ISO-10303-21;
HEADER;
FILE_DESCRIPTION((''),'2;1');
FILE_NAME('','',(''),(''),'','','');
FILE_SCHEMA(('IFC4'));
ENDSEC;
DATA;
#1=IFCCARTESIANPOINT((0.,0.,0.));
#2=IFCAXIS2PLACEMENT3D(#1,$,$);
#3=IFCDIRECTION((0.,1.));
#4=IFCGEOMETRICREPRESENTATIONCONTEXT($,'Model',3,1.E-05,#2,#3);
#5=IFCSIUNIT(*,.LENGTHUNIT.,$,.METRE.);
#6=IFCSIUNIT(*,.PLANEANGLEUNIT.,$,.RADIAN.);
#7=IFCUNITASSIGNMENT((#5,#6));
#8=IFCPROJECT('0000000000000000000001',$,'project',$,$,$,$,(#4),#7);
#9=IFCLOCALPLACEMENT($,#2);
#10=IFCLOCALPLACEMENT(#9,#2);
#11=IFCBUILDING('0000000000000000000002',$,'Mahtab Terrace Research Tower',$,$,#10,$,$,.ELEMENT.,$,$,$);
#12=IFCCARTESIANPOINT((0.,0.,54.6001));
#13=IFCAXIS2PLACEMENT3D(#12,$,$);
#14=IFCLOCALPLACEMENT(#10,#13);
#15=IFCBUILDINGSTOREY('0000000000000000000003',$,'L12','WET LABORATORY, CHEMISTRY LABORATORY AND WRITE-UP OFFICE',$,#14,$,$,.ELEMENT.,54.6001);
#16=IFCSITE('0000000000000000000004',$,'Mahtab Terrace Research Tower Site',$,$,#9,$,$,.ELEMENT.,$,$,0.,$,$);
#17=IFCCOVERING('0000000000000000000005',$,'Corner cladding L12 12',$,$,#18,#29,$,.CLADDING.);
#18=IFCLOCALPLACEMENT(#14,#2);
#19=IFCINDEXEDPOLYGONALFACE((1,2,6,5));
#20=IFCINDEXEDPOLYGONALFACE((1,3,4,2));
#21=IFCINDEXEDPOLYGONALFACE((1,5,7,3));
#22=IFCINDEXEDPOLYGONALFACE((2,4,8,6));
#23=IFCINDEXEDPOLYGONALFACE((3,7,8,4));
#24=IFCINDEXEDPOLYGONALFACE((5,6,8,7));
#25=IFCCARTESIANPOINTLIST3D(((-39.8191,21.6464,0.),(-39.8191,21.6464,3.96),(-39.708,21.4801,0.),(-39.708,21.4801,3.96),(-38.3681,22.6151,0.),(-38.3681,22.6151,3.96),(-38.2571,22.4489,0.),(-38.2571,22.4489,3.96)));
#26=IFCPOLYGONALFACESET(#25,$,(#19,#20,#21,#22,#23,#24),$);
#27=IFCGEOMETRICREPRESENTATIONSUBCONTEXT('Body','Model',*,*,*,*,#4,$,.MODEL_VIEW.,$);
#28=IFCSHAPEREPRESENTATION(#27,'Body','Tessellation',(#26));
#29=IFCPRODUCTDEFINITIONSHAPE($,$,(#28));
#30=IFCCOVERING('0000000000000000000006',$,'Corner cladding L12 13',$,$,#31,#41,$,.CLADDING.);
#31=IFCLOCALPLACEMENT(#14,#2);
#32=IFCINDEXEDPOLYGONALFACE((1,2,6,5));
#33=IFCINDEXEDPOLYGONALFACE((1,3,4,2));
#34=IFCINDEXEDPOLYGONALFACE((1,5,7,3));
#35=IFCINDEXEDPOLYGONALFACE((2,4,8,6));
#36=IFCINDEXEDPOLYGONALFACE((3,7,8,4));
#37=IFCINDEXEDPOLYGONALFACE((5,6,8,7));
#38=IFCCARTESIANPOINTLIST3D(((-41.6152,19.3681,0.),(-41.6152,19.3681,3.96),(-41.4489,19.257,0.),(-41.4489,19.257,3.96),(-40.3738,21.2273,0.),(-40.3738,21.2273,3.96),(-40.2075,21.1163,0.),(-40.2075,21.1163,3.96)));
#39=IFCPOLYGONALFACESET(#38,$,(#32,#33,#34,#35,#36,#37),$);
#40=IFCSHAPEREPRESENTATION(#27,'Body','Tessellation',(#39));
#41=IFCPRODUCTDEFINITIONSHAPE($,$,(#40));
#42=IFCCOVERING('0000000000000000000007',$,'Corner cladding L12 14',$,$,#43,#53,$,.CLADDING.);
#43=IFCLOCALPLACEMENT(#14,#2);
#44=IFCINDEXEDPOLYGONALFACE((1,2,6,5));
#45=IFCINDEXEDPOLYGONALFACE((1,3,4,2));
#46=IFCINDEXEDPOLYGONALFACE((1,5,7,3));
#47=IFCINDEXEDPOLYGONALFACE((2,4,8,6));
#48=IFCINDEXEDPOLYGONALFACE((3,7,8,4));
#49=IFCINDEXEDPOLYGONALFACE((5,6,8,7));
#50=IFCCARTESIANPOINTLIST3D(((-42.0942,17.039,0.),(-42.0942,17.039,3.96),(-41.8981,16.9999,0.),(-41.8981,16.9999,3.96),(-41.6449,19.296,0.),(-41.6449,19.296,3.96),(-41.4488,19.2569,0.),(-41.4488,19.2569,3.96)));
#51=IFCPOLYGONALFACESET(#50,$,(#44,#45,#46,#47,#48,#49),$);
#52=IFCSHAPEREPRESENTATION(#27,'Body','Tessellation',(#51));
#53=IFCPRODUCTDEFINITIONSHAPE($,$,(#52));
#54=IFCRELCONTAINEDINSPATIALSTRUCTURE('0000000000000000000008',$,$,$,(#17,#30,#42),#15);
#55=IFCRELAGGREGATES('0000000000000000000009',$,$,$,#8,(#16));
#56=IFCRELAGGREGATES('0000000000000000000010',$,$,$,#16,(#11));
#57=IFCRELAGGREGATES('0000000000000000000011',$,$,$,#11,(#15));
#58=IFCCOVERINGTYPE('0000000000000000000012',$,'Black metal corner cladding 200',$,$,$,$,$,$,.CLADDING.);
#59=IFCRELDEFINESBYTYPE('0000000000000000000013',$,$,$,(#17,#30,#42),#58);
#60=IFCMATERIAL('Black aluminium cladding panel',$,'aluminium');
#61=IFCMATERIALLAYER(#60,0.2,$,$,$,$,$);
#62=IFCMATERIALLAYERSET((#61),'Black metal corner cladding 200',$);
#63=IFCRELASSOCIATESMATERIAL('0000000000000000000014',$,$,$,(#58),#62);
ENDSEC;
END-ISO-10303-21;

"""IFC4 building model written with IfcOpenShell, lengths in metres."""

from ifc_helpers import new_model, si_unit, direction, frame, origin, origin_2d, place, context, subcontext, project, spatial, rectangle, extrude, material, layer, layer_set, type_object, element, save


model = new_model("IFC4")

# Units and contexts
model_context = context("Model", 3, precision=1e-05, world=origin(), true_north=direction((0.0, 1.0)))
body_context = subcontext(model_context, "Body", "Model", "MODEL_VIEW")
ifc_project = project(units=[si_unit("LENGTHUNIT", "METRE"), si_unit("PLANEANGLEUNIT", "RADIAN")], contexts=[model_context])

# Site, building, storey
site_placement = place(None, origin())
site = spatial("IfcSite", under=ifc_project, at=site_placement, Name="Mahtab Terrace Research Tower Site", CompositionType="ELEMENT", RefElevation=0.0)
building_placement = place(site_placement, origin())
building = spatial("IfcBuilding", under=site, at=building_placement, Name="Mahtab Terrace Research Tower", CompositionType="ELEMENT")
storey_placement = place(building_placement, frame((0.0, 0.0, 54.6001)))
storey = spatial("IfcBuildingStorey", under=building, at=storey_placement, Name="L12", Description="WET LABORATORY, CHEMISTRY LABORATORY AND WRITE-UP OFFICE", CompositionType="ELEMENT", Elevation=54.6001)

# Shared definitions
ifc_material_1 = material(Name="Black aluminium cladding panel", Category="aluminium")

# Coverings
ifc_layer_1 = layer(ifc_material_1, 0.2)
ifc_layer_set_1 = layer_set([ifc_layer_1], Name="Black metal corner cladding 200")
covering_type = type_object("IfcCoveringType", Name="Black metal corner cladding 200", PredefinedType="CLADDING", material=ifc_layer_set_1)
covering_1_placement = place(storey_placement, frame((-39.0381, 22.0476, 0.0), z_axis=(0.0, 0.0, 1.0), x_axis=(-0.831656, -0.555291, 0.0)))
element("IfcCovering", 1, at=covering_1_placement, inside=storey, type_object=covering_type, Name="Corner cladding L12 12", PredefinedType="CLADDING", context=body_context, shape_type="SweptSolid", body=[
    extrude(rectangle(XDim=1.7446, YDim=0.2, at=origin_2d()), origin(), (0.0, 0.0, 1.0), 3.96),
])
covering_2_placement = place(storey_placement, frame((-40.9114, 20.2422, 0.0), z_axis=(0.0, 0.0, 1.0), x_axis=(-0.555291, -0.831656, 0.0)))
element("IfcCovering", 2, at=covering_2_placement, inside=storey, type_object=covering_type, Name="Corner cladding L12 13", PredefinedType="CLADDING", context=body_context, shape_type="SweptSolid", body=[
    extrude(rectangle(XDim=2.2356, YDim=0.2, at=origin_2d()), origin(), (0.0, 0.0, 1.0), 3.96),
])
covering_3_placement = place(storey_placement, frame((-41.7715, 18.1479, 0.0), z_axis=(0.0, 0.0, 1.0), x_axis=(-0.195212, -0.980761, 0.0)))
element("IfcCovering", 3, at=covering_3_placement, inside=storey, type_object=covering_type, Name="Corner cladding L12 14", PredefinedType="CLADDING", context=body_context, shape_type="SweptSolid", body=[
    extrude(rectangle(XDim=2.3013, YDim=0.2, at=origin_2d()), origin(), (0.0, 0.0, 1.0), 3.96),
])

save(model, "model.ifc")
